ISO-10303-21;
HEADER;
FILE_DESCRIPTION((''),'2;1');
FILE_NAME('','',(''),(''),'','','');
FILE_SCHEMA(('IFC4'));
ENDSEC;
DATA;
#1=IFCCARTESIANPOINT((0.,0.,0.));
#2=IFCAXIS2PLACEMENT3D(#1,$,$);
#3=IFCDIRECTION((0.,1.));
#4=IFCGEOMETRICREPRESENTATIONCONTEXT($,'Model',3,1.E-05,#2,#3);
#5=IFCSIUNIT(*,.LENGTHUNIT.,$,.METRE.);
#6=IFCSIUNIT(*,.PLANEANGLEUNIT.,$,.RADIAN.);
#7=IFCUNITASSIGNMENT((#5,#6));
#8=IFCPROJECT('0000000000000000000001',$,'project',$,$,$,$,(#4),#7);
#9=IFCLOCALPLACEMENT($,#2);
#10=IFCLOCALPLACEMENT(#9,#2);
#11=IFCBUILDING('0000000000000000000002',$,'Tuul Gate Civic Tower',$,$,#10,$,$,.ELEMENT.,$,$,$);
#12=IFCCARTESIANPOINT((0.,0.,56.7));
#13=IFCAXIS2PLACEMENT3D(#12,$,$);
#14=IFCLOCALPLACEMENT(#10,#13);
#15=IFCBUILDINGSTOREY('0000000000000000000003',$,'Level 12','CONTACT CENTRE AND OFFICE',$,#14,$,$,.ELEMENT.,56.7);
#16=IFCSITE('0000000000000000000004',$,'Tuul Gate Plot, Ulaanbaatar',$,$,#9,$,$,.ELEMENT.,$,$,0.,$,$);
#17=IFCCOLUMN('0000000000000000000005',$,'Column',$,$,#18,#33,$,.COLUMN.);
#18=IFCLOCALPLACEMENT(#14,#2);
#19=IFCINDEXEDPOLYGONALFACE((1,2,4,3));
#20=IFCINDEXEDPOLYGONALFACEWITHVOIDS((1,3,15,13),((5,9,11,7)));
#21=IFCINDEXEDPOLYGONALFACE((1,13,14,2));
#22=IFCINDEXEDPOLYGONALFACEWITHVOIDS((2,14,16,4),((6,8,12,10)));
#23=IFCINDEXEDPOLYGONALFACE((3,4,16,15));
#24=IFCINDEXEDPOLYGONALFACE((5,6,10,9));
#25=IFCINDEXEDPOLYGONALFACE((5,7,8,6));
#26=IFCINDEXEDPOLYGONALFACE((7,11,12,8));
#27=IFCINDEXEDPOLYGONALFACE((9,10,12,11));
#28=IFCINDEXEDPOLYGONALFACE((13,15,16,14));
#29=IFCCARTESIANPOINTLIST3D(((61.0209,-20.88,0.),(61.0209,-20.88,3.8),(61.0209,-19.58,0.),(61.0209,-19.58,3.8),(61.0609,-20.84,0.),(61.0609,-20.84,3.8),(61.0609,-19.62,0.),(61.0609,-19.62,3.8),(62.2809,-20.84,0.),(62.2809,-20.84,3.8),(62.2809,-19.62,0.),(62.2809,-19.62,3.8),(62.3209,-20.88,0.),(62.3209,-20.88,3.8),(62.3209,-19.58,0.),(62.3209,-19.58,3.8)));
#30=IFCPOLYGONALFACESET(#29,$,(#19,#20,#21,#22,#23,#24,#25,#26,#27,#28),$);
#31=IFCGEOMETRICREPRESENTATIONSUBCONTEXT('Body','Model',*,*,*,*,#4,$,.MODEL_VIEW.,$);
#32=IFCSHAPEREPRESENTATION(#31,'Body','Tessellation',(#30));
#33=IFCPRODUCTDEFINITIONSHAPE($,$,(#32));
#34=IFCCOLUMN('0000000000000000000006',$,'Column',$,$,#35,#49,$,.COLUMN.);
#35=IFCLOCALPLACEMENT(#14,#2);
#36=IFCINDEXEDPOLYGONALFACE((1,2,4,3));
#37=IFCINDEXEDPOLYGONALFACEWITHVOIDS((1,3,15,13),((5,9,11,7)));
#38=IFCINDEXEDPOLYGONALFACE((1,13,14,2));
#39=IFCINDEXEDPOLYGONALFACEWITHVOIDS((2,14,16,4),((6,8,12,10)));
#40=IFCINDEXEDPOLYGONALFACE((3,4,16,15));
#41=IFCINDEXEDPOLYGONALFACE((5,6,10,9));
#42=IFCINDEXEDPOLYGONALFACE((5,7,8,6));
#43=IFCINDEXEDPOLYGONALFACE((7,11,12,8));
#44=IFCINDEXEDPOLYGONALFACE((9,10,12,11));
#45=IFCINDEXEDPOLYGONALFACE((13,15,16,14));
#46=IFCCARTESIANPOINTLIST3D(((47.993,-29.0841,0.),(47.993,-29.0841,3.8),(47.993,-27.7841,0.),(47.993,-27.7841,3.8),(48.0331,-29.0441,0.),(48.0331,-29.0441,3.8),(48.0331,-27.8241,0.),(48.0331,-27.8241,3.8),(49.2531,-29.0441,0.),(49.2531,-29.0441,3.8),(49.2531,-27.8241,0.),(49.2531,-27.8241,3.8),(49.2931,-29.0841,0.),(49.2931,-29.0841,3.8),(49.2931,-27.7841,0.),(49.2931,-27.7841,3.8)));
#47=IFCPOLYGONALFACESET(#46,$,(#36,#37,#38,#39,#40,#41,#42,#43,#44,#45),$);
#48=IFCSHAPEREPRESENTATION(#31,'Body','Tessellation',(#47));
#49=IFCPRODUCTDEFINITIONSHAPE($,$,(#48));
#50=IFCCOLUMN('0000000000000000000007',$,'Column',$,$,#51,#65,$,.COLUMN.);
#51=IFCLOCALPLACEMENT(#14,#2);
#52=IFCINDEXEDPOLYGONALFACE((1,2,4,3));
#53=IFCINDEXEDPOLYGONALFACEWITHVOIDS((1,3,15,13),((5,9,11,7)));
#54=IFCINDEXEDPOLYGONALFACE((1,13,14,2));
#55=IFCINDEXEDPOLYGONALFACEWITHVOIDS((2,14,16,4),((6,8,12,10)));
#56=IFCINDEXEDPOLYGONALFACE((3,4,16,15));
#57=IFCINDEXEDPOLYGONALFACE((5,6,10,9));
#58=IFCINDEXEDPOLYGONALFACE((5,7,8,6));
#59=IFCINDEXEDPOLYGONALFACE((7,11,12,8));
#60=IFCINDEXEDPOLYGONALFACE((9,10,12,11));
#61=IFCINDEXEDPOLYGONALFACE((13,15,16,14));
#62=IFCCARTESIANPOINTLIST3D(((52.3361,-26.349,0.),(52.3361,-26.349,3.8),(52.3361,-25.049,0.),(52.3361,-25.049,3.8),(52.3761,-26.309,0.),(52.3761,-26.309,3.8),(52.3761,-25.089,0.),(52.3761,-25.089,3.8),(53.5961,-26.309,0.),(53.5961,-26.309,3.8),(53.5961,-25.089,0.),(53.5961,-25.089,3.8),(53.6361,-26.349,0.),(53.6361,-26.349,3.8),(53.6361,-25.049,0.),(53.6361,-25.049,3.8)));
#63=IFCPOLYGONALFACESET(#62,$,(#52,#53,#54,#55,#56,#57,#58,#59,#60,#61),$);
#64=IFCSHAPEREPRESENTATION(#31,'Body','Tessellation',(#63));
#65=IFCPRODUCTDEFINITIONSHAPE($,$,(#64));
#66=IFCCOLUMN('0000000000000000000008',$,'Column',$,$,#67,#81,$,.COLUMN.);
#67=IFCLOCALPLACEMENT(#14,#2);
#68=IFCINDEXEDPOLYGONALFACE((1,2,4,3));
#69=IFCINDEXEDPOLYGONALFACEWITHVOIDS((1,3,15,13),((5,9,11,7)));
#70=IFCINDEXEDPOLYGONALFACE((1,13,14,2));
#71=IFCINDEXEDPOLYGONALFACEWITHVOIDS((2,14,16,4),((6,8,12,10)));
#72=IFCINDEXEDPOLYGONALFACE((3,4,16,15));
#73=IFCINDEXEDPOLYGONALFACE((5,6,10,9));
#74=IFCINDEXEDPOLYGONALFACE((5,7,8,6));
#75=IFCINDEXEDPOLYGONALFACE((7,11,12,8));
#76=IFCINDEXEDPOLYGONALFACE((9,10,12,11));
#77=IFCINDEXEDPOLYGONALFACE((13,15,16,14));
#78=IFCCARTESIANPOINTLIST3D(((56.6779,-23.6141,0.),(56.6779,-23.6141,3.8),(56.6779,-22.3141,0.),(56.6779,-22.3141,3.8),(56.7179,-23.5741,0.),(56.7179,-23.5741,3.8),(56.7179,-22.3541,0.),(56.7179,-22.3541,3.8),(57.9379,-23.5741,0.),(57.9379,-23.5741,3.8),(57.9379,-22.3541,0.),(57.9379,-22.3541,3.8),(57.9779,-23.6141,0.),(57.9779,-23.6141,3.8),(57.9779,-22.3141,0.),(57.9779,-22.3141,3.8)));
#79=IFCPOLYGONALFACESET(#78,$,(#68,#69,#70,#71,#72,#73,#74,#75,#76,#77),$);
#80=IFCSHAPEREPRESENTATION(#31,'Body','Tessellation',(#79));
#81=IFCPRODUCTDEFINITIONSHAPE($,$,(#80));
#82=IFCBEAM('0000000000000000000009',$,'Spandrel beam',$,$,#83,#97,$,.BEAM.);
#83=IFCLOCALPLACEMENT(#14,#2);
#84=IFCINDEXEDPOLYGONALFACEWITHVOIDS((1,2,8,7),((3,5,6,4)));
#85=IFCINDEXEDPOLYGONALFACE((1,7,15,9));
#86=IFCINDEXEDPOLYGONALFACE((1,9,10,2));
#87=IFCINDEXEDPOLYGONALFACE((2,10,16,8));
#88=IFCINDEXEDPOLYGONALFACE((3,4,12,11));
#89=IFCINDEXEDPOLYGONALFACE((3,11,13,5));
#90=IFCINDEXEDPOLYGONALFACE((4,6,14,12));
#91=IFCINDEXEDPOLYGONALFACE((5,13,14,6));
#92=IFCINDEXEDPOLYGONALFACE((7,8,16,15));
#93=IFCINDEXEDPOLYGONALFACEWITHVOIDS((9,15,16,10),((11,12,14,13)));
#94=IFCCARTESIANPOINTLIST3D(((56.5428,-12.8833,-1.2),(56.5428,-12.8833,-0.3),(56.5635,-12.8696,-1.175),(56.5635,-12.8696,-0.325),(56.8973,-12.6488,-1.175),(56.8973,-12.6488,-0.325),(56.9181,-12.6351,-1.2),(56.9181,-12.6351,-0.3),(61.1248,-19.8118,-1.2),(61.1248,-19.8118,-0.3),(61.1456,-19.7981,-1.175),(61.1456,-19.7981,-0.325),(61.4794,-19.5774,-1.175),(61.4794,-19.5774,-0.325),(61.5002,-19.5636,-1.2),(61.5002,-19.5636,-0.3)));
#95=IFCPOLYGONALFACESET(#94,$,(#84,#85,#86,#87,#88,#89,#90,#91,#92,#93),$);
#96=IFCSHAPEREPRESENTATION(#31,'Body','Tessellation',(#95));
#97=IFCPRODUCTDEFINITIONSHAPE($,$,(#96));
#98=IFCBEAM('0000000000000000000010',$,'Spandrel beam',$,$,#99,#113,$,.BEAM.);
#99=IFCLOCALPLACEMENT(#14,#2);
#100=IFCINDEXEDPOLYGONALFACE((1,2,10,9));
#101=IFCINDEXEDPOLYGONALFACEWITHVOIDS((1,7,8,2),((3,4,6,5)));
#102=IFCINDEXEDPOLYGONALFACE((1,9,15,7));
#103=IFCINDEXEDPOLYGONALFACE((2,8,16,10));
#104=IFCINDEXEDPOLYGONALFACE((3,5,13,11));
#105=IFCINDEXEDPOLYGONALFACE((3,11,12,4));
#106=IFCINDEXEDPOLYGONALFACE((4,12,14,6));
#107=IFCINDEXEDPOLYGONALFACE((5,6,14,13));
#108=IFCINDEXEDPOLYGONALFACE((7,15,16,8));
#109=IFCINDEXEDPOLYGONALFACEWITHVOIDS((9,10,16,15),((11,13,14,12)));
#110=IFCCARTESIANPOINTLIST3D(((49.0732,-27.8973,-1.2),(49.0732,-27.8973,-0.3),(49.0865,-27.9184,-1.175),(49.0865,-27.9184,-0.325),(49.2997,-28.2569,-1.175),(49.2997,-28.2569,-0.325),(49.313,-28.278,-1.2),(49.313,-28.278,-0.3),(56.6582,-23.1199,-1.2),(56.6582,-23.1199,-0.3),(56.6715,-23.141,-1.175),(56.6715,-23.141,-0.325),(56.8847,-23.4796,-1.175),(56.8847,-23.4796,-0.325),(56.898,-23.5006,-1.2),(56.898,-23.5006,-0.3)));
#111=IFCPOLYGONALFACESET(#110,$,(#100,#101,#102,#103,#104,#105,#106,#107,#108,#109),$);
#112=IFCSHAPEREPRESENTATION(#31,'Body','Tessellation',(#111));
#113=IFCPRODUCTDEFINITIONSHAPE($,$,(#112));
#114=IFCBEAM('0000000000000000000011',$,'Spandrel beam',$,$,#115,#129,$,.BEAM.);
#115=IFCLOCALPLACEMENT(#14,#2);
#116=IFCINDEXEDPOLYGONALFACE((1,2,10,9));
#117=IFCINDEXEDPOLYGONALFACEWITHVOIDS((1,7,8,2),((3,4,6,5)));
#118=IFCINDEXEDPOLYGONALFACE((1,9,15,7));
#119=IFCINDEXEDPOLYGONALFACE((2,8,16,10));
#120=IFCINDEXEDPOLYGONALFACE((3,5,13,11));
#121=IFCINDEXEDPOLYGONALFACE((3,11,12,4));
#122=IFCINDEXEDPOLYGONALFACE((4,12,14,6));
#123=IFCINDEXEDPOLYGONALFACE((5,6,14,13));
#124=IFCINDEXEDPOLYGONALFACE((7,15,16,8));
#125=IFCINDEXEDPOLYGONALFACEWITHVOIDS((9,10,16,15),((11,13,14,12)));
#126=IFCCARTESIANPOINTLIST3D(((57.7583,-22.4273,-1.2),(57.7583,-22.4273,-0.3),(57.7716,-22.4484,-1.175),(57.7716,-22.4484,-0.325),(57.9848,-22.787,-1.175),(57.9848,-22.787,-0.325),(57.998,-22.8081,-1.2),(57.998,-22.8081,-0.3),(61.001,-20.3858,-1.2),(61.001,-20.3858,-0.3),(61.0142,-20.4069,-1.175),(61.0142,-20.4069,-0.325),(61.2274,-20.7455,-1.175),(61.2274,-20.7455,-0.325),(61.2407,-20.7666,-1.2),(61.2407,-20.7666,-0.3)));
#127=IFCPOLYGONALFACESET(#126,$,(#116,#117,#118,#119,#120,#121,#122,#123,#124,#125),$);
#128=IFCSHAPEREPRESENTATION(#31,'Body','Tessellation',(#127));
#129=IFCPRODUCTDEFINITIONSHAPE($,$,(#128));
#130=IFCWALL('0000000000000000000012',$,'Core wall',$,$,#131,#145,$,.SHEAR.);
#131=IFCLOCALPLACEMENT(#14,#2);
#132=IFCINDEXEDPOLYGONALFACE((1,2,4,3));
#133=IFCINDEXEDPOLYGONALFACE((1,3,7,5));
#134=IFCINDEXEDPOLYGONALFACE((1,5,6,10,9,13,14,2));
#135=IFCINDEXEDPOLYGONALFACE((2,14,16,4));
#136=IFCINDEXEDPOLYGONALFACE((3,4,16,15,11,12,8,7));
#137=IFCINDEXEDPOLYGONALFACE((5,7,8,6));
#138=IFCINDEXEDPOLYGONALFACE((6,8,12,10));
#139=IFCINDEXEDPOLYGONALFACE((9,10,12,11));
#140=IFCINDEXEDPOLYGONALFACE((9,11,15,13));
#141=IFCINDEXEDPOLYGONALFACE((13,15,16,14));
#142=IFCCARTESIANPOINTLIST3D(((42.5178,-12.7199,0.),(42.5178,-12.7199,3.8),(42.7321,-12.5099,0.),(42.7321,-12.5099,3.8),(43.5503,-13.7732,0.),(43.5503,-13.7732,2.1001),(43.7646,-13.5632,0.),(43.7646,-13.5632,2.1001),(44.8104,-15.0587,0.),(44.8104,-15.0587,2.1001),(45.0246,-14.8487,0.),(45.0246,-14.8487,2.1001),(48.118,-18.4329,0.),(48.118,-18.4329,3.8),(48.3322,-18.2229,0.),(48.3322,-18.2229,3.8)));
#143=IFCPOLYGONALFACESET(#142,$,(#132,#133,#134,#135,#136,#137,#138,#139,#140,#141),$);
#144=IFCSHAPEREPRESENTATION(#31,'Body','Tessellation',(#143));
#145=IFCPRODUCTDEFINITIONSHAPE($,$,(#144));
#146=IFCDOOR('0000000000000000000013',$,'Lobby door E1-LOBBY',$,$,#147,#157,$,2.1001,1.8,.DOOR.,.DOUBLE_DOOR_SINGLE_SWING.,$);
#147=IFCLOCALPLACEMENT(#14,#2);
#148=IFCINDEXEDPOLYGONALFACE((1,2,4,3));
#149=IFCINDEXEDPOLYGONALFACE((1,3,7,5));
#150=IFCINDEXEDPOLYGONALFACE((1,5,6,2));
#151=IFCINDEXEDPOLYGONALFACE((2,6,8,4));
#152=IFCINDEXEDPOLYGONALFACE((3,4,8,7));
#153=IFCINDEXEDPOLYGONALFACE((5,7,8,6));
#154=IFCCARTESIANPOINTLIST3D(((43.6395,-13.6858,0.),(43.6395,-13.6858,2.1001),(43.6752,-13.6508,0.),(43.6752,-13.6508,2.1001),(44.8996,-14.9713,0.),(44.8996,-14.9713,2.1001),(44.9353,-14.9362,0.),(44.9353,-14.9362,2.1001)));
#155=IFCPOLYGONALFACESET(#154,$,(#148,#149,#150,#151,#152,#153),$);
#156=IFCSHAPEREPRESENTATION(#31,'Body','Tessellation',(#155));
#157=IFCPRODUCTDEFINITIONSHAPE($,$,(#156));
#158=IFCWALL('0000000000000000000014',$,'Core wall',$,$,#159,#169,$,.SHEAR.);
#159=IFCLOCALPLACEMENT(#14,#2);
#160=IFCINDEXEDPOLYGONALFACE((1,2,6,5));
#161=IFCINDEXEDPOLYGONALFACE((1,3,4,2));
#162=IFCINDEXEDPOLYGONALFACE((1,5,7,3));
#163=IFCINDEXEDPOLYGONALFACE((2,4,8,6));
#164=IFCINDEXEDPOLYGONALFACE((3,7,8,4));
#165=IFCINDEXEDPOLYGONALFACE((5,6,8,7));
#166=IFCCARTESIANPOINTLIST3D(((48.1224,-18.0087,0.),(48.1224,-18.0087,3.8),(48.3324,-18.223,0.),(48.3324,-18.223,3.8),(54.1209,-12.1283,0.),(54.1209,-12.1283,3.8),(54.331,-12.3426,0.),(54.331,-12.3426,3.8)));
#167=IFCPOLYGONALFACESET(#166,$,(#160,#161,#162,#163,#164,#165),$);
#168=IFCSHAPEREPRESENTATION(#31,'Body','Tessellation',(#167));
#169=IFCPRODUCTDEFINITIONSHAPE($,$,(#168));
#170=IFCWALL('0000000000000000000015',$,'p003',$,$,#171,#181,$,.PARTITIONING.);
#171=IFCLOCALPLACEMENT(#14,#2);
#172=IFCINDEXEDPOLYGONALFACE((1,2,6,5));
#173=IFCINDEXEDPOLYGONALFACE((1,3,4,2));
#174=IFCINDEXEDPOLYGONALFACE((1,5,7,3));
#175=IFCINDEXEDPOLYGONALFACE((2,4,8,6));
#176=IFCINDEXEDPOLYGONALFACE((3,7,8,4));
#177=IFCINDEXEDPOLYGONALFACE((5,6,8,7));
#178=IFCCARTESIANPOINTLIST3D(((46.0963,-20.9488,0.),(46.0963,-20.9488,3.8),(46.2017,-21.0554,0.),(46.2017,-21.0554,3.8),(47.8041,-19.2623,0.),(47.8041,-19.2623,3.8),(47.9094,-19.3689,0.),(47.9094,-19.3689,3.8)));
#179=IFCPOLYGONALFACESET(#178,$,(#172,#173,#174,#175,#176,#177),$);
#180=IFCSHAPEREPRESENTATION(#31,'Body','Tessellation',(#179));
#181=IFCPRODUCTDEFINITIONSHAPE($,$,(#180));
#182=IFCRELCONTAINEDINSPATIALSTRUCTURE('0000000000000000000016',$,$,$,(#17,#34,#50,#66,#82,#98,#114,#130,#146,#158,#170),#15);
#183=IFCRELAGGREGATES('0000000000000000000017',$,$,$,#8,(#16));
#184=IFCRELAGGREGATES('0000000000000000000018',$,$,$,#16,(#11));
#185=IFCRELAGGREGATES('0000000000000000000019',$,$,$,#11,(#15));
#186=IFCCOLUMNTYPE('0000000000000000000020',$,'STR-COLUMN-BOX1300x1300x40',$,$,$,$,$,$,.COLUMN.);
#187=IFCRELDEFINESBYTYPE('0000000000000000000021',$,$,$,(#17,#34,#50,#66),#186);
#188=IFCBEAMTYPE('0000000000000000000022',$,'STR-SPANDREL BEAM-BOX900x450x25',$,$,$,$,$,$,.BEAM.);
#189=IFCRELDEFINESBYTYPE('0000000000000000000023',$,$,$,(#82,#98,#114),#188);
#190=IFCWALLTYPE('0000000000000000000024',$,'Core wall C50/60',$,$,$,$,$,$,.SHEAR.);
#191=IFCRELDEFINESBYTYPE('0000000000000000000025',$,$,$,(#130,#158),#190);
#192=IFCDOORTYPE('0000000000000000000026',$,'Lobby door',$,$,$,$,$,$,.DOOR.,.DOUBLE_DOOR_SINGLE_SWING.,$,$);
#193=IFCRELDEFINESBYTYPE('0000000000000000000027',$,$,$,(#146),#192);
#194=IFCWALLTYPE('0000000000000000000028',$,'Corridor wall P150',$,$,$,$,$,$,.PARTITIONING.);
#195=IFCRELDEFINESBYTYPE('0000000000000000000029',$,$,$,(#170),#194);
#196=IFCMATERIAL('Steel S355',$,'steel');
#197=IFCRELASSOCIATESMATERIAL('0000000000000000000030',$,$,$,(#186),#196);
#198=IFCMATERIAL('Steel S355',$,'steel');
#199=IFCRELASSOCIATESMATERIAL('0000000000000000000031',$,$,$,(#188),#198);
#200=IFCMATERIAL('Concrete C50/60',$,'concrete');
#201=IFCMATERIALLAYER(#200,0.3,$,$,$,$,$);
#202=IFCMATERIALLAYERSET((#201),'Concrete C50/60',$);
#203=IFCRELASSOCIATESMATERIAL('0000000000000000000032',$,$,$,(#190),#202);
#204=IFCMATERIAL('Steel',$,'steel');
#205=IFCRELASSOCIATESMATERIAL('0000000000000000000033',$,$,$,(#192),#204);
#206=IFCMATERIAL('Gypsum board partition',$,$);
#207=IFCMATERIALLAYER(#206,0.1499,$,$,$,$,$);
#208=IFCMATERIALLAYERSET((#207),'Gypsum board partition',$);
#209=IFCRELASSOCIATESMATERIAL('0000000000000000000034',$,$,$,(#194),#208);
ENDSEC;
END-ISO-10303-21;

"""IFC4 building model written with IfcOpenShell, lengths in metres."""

from ifc_helpers import new_model, si_unit, direction, frame, frame_2d, origin, origin_2d, place, context, subcontext, project, spatial, rectangle, hollow_rectangle, extrude, material, layer, layer_set, material_profile, profile_set, type_object, element, fill, save


model = new_model("IFC4")

# Units and contexts
model_context = context("Model", 3, precision=1e-05, world=origin(), true_north=direction((0.0, 1.0)))
body_context = subcontext(model_context, "Body", "Model", "MODEL_VIEW")
ifc_project = project(units=[si_unit("LENGTHUNIT", "METRE"), si_unit("PLANEANGLEUNIT", "RADIAN")], contexts=[model_context])

# Site, building, storey
site_placement = place(None, origin())
site = spatial("IfcSite", under=ifc_project, at=site_placement, Name="Tuul Gate Plot, Ulaanbaatar", CompositionType="ELEMENT", RefElevation=0.0)
building_placement = place(site_placement, origin())
building = spatial("IfcBuilding", under=site, at=building_placement, Name="Tuul Gate Civic Tower", CompositionType="ELEMENT")
storey_placement = place(building_placement, frame((0.0, 0.0, 56.7)))
storey = spatial("IfcBuildingStorey", under=building, at=storey_placement, Name="Level 12", Description="CONTACT CENTRE AND OFFICE", CompositionType="ELEMENT", Elevation=56.7)

# Columns
ifc_material_1 = material(Name="Steel S355", Category="steel")
ifc_material_profile_1 = material_profile(ifc_material_1, hollow_rectangle(XDim=1.3, YDim=1.3, WallThickness=0.04, at=origin_2d()), Name="BOX1300x1300x40")
ifc_profile_set_1 = profile_set([ifc_material_profile_1], Name="Steel S355")
column_type = type_object("IfcColumnType", Name="STR-COLUMN-BOX1300x1300x40", PredefinedType="COLUMN", material=ifc_profile_set_1)
for number, where, z_axis, x_axis, name in (
    (1, (61.6709, -20.23, 0.0), (0.0, 0.0, 1.0), (1.0, 0.0, 0.0), "Column"),
    (2, (48.6431, -28.4341, 0.0), (0.0, 0.0, 1.0), (1.0, 0.0, 0.0), "Column"),
    (3, (52.9861, -25.699, 0.0), (0.0, 0.0, 1.0), (1.0, 0.0, 0.0), "Column"),
    (4, (57.3279, -22.9641, 0.0), (0.0, 0.0, 1.0), (1.0, 0.0, 0.0), "Column"),
):
    element("IfcColumn", number, at=place(storey_placement, frame(where, z_axis=z_axis, x_axis=x_axis)), inside=storey, type_object=column_type, Name=name, PredefinedType="COLUMN", context=body_context, shape_type="SweptSolid", body=[
        extrude(hollow_rectangle(XDim=1.3, YDim=1.3, WallThickness=0.04, at=origin_2d()), origin(), (0.0, 0.0, 1.0), 3.8),
    ])

# Beams
ifc_material_2 = material(Name="Steel S355", Category="steel")
ifc_material_profile_2 = material_profile(ifc_material_2, hollow_rectangle(XDim=0.45, YDim=0.8999, WallThickness=0.0249, at=origin_2d()), Name="BOX900x450x25")
ifc_profile_set_2 = profile_set([ifc_material_profile_2], Name="Steel S355")
beam_type = type_object("IfcBeamType", Name="STR-SPANDREL BEAM-BOX900x450x25", PredefinedType="BEAM", material=ifc_profile_set_2)
beam_1_placement = place(storey_placement, frame((61.3125, -19.6877, -0.75), z_axis=(-0.551617, 0.834097, 0.0), x_axis=(-0.834097, -0.551617, 0.0)))
element("IfcBeam", 5, at=beam_1_placement, inside=storey, type_object=beam_type, Name="Spandrel beam", PredefinedType="BEAM", context=body_context, shape_type="SweptSolid", body=[
    extrude(hollow_rectangle(XDim=0.45, YDim=0.8999, WallThickness=0.0249, at=origin_2d()), origin(), (0.0, 0.0, 1.0), 8.3066),
])
beam_2_placement = place(storey_placement, frame((49.1931, -28.0876, -0.75), z_axis=(0.846151, 0.532943, 0.0), x_axis=(-0.532943, 0.846151, 0.0)))
element("IfcBeam", 6, at=beam_2_placement, inside=storey, type_object=beam_type, Name="Spandrel beam", PredefinedType="BEAM", context=body_context, shape_type="SweptSolid", body=[
    extrude(hollow_rectangle(XDim=0.45, YDim=0.8999, WallThickness=0.0249, at=origin_2d()), origin(), (0.0, 0.0, 1.0), 8.9641),
])
beam_3_placement = place(storey_placement, frame((57.8782, -22.6177, -0.75), z_axis=(0.846254, 0.532779, 0.0), x_axis=(-0.532779, 0.846254, 0.0)))
element("IfcBeam", 7, at=beam_3_placement, inside=storey, type_object=beam_type, Name="Spandrel beam", PredefinedType="BEAM", context=body_context, shape_type="SweptSolid", body=[
    extrude(hollow_rectangle(XDim=0.45, YDim=0.8999, WallThickness=0.0249, at=origin_2d()), origin(), (0.0, 0.0, 1.0), 3.8318),
])

# Wall, opening, door
ifc_material_3 = material(Name="Concrete C50/60", Category="concrete")
ifc_layer_1 = layer(ifc_material_3, 0.3)
ifc_layer_set_1 = layer_set([ifc_layer_1], Name="Concrete C50/60")
wall_type_1 = type_object("IfcWallType", Name="Core wall C50/60", PredefinedType="SHEAR", material=ifc_layer_set_1)
wall_1_placement = place(storey_placement, frame((48.2251, -18.3279, 0.0), z_axis=(0.0, 0.0, 1.0), x_axis=(-0.700022, 0.714121, 0.0)))
wall_1 = element("IfcWall", 8, at=wall_1_placement, inside=storey, type_object=wall_type_1, Name="Core wall", PredefinedType="SHEAR", context=body_context, shape_type="SweptSolid", body=[
    extrude(rectangle(XDim=8.0, YDim=0.3, at=frame_2d((4.0, 0.0))), origin(), (0.0, 0.0, 1.0), 3.8),
])
opening_1_placement = place(wall_1_placement, frame((4.7251, 0.0, 0.0)))
opening_1 = element("IfcOpeningElement", 9, at=opening_1_placement, cuts=wall_1, PredefinedType="OPENING", context=body_context, shape_type="SweptSolid", body=[
    extrude(rectangle(XDim=1.8, YDim=2.1001, at=frame_2d((0.8999, 1.05))), frame((0.0, 0.1602, 0.0), z_axis=(0.0, -1.0, 0.0), x_axis=(1.0, 0.0, 0.0)), (0.0, 0.0, 1.0), 0.3201),
])
ifc_material_4 = material(Name="Steel", Category="steel")
door_type = type_object("IfcDoorType", Name="Lobby door", OperationType="DOUBLE_DOOR_SINGLE_SWING", PredefinedType="DOOR", material=ifc_material_4)
door_placement = place(opening_1_placement, frame((1.8, 0.0, 0.0), z_axis=(0.0, 0.0, 1.0), x_axis=(-1.0, 0.0, 0.0)))
door = element("IfcDoor", 10, at=door_placement, inside=storey, type_object=door_type, Name="Lobby door E1-LOBBY", OperationType="DOUBLE_DOOR_SINGLE_SWING", OverallHeight=2.1001, OverallWidth=1.8, PredefinedType="DOOR", context=body_context, shape_type="SweptSolid", body=[
    extrude(rectangle(XDim=1.8, YDim=2.1001, at=frame_2d((0.9001, 1.05))), frame((0.0, 0.0249, 0.0), z_axis=(0.0, -1.0, 0.0), x_axis=(1.0, 0.0, 0.0)), (0.0, 0.0, 1.0), 0.05),
])
fill(opening_1, door)

# Walls
wall_2_placement = place(storey_placement, frame((48.2273, -18.116, 0.0), z_axis=(0.0, 0.0, 1.0), x_axis=(0.714105, 0.700038, 0.0)))
element("IfcWall", 11, at=wall_2_placement, inside=storey, type_object=wall_type_1, Name="Core wall", PredefinedType="SHEAR", context=body_context, shape_type="SweptSolid", body=[
    extrude(rectangle(XDim=8.4001, YDim=0.3, at=frame_2d((4.2002, 0.0))), origin(), (0.0, 0.0, 1.0), 3.8),
])
ifc_material_5 = material(Name="Gypsum board partition")
ifc_layer_2 = layer(ifc_material_5, 0.1499)
ifc_layer_set_2 = layer_set([ifc_layer_2], Name="Gypsum board partition")
wall_type_2 = type_object("IfcWallType", Name="Corridor wall P150", PredefinedType="PARTITIONING", material=ifc_layer_set_2)
wall_3_placement = place(storey_placement, frame((46.1489, -21.0022, 0.0), z_axis=(0.0, 0.0, 1.0), x_axis=(0.711518, 0.702668, 0.0)))
element("IfcWall", 12, at=wall_3_placement, inside=storey, type_object=wall_type_2, Name="p003", PredefinedType="PARTITIONING", context=body_context, shape_type="SweptSolid", body=[
    extrude(rectangle(XDim=2.4001, YDim=0.1499, at=frame_2d((1.2002, 0.0))), origin(), (0.0, 0.0, 1.0), 3.8),
])

save(model, "model.ifc")
